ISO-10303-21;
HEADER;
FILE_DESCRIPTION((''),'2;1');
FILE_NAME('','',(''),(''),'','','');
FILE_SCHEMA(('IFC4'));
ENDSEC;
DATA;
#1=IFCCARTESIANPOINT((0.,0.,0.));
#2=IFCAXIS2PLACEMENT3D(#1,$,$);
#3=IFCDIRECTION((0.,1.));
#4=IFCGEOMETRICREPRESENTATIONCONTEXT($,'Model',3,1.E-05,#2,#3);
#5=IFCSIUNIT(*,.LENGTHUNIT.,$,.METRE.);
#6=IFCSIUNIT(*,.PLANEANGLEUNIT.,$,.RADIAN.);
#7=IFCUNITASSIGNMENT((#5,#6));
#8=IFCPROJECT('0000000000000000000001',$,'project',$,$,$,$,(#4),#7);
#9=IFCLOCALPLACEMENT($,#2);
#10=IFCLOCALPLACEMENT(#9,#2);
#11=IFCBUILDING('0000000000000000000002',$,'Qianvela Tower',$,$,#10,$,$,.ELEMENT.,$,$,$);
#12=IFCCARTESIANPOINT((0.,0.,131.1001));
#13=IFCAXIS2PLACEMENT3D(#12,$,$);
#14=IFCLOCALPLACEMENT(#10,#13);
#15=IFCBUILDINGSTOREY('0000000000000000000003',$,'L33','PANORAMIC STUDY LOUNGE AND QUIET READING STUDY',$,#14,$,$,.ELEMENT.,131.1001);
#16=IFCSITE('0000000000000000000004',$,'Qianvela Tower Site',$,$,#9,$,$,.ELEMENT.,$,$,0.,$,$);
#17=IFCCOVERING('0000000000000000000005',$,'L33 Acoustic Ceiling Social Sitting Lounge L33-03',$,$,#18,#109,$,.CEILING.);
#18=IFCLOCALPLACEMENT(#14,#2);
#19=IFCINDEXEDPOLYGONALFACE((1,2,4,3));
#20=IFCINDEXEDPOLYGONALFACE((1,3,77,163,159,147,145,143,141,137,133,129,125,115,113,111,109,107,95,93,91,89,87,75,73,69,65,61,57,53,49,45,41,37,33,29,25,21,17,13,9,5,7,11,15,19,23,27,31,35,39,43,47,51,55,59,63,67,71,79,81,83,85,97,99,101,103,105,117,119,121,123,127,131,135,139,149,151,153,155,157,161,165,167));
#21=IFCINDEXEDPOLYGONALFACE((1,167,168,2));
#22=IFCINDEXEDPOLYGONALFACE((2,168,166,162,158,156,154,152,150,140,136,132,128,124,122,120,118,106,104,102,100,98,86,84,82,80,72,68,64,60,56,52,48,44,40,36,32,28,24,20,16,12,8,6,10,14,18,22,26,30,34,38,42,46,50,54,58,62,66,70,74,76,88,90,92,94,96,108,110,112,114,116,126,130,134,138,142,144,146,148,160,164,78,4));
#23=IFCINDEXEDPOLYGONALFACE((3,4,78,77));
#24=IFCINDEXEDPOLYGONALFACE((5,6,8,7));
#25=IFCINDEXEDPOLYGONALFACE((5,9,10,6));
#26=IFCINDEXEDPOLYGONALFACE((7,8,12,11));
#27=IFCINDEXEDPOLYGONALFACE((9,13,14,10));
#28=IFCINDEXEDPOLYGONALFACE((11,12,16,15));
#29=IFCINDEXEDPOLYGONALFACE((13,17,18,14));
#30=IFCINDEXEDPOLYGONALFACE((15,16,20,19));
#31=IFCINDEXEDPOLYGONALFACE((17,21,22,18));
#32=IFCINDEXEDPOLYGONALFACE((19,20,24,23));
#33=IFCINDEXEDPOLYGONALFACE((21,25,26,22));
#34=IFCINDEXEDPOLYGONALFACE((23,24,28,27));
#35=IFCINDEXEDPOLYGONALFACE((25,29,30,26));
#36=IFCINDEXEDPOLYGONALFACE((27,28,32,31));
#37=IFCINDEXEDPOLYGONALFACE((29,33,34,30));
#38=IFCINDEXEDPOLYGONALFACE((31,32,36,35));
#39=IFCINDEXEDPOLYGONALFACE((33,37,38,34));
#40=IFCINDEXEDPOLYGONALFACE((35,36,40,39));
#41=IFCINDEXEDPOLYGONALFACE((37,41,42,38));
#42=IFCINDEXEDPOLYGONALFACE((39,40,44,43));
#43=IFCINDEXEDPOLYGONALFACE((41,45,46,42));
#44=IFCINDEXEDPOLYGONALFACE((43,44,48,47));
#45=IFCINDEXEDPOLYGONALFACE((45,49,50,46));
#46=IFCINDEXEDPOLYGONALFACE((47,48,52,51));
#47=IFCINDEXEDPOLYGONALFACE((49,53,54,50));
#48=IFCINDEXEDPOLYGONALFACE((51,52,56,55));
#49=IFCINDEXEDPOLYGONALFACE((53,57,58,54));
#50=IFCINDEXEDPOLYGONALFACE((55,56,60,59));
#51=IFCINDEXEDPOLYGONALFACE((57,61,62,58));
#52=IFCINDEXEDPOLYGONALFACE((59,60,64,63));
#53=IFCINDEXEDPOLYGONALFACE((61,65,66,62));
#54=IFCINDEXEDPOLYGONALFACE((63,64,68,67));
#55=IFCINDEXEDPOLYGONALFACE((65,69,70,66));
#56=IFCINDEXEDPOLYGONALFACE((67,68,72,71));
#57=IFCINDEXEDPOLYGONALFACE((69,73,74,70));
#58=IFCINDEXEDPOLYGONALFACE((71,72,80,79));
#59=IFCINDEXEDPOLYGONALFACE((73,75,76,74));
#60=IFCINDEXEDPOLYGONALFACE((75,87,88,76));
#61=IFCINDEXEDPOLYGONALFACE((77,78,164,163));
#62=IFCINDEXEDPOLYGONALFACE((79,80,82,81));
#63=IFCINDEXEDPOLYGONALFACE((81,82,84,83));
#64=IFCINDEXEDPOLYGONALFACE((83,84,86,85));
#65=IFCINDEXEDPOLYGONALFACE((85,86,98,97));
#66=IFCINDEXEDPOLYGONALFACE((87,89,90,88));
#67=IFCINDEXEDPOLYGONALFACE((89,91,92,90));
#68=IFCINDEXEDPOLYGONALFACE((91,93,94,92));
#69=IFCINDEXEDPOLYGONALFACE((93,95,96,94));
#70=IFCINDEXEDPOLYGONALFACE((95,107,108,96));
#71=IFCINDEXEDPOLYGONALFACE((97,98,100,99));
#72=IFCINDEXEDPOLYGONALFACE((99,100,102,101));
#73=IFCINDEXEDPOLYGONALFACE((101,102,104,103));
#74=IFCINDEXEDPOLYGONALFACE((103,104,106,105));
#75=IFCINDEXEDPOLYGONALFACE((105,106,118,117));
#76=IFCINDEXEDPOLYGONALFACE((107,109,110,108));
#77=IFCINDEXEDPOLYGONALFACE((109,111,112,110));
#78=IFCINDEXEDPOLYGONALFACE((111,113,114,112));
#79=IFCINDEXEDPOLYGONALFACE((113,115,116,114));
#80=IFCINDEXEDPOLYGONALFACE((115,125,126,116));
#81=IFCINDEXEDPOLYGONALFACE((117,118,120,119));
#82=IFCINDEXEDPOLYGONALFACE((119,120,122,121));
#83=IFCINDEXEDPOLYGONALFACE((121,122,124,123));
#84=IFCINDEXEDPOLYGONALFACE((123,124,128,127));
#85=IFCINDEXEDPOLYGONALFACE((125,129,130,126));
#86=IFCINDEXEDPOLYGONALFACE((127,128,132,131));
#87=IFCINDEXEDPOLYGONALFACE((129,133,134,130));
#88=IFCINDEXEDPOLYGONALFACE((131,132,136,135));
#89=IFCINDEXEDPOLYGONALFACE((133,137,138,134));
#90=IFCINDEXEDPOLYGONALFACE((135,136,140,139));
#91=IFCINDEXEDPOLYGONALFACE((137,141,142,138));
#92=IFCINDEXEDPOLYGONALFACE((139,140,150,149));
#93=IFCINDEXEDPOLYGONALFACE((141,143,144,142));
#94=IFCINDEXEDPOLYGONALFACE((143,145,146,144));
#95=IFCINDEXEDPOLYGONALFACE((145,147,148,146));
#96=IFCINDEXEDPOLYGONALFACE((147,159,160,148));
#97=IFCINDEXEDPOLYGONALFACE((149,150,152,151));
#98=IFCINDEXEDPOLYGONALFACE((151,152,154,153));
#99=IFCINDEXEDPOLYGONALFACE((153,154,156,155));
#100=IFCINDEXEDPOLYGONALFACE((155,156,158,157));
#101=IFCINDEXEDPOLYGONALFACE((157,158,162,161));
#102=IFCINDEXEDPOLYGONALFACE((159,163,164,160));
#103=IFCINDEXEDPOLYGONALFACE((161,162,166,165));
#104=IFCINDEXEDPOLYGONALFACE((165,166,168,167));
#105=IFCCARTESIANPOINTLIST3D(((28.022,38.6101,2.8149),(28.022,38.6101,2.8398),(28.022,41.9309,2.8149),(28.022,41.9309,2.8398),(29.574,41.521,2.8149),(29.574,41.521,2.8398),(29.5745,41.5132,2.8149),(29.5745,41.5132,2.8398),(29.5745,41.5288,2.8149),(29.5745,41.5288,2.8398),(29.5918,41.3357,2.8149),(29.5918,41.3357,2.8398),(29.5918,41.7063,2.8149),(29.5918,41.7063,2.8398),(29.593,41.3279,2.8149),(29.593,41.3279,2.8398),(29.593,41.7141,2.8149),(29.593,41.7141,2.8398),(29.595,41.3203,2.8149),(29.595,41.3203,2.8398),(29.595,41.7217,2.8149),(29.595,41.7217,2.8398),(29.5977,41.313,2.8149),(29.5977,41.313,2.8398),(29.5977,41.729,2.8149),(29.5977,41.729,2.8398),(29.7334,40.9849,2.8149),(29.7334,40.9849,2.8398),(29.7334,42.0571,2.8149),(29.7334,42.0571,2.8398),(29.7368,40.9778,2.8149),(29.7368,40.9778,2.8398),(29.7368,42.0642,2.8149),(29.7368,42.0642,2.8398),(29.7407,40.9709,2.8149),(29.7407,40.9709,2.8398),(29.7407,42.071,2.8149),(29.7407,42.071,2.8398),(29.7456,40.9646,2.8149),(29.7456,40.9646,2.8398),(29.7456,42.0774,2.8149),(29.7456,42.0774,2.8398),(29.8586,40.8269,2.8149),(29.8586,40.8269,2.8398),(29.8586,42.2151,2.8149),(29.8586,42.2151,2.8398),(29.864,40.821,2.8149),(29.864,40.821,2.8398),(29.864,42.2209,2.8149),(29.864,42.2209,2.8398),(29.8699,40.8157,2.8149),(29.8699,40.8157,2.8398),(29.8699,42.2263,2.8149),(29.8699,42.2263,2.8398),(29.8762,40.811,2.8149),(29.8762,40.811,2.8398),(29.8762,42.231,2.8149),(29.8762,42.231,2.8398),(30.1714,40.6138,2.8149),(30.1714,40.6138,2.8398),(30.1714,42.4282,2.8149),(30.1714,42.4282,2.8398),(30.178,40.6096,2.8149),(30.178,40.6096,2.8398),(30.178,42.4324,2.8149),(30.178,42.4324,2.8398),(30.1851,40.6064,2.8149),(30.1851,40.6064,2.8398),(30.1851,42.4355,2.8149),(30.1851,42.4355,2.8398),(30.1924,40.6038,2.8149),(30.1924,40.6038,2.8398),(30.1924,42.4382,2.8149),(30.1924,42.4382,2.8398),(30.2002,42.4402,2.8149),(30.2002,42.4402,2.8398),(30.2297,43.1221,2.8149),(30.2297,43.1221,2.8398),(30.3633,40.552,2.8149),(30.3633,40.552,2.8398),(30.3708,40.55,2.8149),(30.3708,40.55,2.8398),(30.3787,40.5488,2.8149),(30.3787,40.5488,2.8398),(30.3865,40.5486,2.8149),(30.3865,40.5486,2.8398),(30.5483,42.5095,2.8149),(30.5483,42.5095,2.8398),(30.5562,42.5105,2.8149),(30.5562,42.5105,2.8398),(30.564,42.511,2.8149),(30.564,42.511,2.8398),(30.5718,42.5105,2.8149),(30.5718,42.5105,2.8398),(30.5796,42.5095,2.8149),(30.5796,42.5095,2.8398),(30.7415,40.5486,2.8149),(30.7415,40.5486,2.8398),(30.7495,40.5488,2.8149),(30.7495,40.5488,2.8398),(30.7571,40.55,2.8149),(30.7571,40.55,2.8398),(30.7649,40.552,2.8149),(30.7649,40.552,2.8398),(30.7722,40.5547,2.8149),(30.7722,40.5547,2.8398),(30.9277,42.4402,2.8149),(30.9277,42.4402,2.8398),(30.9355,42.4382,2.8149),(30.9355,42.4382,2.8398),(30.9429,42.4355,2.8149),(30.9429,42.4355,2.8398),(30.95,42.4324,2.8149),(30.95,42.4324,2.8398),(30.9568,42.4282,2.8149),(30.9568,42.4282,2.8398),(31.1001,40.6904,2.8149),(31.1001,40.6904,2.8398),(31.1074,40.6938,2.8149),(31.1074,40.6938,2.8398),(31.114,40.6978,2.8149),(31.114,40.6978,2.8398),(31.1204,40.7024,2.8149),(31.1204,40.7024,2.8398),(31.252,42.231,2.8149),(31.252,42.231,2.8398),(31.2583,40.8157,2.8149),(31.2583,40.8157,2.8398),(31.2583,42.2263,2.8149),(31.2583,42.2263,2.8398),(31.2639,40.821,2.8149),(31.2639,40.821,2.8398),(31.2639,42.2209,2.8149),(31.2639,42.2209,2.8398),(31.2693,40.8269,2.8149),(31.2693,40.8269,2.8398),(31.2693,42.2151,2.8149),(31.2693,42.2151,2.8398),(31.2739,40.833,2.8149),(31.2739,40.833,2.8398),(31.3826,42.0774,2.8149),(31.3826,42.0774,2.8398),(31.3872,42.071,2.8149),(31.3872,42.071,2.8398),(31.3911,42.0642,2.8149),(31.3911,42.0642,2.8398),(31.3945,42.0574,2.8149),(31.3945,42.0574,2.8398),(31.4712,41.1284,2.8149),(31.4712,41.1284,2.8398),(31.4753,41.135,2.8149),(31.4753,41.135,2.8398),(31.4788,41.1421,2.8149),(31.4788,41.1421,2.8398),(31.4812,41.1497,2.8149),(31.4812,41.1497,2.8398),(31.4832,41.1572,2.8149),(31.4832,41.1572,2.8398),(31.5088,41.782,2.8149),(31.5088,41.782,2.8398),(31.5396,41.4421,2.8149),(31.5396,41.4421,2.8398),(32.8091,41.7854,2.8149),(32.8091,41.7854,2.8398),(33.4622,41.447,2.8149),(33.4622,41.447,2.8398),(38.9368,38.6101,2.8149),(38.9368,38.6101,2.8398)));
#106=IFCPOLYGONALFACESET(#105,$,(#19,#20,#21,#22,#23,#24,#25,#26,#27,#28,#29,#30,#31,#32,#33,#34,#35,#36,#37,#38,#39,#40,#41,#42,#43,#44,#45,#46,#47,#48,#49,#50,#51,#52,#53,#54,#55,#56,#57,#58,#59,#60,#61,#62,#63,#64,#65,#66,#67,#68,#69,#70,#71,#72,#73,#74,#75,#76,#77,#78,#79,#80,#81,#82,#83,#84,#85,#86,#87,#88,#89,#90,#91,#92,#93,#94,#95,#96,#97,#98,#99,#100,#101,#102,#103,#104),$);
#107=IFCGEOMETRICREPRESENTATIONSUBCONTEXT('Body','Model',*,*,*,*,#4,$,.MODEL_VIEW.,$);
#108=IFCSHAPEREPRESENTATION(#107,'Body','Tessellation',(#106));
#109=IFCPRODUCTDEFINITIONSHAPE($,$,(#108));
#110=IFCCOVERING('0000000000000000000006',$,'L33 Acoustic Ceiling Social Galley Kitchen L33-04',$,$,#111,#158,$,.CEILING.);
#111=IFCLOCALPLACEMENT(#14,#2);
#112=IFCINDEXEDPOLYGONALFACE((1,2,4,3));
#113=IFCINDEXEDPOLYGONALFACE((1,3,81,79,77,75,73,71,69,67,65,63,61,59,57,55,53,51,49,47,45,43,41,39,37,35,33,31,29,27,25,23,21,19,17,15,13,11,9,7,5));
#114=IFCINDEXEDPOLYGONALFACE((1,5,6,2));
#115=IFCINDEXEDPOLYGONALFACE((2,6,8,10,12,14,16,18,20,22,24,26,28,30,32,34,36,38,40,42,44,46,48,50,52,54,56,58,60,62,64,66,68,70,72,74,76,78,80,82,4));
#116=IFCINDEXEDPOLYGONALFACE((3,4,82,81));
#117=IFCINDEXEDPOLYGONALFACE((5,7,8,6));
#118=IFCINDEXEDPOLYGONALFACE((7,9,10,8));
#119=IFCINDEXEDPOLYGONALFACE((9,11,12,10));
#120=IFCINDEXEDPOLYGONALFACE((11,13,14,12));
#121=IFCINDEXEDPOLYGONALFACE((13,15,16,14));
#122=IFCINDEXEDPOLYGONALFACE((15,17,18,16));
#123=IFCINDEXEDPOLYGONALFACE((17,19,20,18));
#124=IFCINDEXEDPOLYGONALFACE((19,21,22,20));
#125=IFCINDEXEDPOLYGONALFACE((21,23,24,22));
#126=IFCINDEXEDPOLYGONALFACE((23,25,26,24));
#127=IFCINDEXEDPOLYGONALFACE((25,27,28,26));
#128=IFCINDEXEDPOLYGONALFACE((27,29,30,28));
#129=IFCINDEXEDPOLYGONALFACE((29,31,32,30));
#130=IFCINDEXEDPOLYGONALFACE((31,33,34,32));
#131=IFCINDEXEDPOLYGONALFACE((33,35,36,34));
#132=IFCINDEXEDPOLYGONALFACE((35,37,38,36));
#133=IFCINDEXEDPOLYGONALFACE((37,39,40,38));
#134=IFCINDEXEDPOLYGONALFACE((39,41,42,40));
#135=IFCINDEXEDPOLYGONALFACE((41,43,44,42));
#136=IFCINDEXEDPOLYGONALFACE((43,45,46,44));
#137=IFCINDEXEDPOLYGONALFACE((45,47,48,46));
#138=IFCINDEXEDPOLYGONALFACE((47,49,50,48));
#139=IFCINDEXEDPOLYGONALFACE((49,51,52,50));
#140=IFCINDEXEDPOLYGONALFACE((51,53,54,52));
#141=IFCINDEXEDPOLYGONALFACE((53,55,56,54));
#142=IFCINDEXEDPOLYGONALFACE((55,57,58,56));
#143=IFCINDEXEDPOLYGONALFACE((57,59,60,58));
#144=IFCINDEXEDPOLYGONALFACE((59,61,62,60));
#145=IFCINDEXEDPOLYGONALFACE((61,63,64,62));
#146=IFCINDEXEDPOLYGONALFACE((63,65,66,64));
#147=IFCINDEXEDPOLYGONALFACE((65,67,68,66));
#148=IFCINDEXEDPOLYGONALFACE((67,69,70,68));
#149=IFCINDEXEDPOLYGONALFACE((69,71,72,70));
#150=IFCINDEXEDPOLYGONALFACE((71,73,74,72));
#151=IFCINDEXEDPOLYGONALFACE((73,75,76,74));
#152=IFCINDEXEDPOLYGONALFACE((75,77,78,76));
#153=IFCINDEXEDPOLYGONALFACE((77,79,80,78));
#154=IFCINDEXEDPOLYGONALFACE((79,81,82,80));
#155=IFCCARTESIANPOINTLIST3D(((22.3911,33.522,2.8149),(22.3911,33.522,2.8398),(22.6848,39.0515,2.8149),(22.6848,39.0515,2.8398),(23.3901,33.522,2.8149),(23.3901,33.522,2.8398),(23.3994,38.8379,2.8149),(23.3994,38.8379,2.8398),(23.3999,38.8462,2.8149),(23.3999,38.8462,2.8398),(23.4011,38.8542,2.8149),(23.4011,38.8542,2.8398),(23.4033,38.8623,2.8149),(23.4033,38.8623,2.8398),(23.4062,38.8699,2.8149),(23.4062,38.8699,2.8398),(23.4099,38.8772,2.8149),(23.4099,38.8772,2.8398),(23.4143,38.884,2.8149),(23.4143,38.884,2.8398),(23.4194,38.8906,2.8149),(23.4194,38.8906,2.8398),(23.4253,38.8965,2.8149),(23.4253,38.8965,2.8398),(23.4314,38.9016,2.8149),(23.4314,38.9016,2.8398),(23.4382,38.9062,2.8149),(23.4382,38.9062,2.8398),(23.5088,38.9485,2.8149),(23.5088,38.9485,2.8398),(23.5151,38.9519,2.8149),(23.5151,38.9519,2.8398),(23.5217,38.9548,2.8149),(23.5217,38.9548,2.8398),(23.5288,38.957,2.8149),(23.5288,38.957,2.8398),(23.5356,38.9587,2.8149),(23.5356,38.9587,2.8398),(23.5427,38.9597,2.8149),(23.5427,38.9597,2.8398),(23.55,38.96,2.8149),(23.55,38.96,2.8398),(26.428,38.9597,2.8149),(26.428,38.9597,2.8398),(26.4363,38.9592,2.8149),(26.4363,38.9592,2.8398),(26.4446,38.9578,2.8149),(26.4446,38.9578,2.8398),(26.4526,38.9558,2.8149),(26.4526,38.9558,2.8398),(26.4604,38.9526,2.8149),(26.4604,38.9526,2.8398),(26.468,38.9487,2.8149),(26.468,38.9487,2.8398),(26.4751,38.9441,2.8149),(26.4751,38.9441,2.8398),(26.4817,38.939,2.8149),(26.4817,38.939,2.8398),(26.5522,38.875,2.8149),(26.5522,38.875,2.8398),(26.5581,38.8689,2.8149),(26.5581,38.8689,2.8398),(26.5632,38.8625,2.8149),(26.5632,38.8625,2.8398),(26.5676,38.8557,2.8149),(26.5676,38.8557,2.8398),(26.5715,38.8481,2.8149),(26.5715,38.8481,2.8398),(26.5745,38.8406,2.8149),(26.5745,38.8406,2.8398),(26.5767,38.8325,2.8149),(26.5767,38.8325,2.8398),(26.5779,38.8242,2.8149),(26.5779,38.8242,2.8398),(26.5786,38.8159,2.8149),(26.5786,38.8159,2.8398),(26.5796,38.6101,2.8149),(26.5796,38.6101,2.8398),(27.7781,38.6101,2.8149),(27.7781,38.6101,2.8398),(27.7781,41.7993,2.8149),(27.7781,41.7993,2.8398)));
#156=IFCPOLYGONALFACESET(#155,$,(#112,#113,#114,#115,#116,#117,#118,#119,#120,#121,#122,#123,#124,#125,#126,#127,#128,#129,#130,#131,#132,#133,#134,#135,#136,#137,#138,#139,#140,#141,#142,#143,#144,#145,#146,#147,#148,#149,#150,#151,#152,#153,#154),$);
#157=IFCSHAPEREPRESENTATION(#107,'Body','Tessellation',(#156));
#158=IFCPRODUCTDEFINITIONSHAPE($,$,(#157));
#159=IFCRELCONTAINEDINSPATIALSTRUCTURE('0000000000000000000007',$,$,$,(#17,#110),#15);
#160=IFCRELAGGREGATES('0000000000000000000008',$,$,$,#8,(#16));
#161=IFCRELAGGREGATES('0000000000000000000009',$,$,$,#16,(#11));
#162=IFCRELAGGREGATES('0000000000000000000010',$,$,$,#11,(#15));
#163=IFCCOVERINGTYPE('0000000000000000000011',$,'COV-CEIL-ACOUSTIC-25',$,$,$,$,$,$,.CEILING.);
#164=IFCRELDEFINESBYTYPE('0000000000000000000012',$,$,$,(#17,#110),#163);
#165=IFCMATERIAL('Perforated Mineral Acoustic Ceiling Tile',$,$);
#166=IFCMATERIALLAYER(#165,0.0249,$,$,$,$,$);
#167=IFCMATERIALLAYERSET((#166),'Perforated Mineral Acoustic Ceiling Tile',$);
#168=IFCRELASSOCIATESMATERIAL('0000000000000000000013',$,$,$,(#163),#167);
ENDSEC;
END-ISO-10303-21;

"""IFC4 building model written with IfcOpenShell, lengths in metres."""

from ifc_helpers import new_model, si_unit, direction, frame, origin, place, context, subcontext, project, spatial, polyline, outline, extrude, material, layer, layer_set, type_object, element, save


model = new_model("IFC4")

# Units and contexts
model_context = context("Model", 3, precision=1e-05, world=origin(), true_north=direction((0.0, 1.0)))
body_context = subcontext(model_context, "Body", "Model", "MODEL_VIEW")
ifc_project = project(units=[si_unit("LENGTHUNIT", "METRE"), si_unit("PLANEANGLEUNIT", "RADIAN")], contexts=[model_context])

# Site, building, storey
site_placement = place(None, origin())
site = spatial("IfcSite", under=ifc_project, at=site_placement, Name="Qianvela Tower Site", CompositionType="ELEMENT", RefElevation=0.0)
building_placement = place(site_placement, origin())
building = spatial("IfcBuilding", under=site, at=building_placement, Name="Qianvela Tower", CompositionType="ELEMENT")
storey_placement = place(building_placement, frame((0.0, 0.0, 131.1001)))
storey = spatial("IfcBuildingStorey", under=building, at=storey_placement, Name="L33", Description="PANORAMIC STUDY LOUNGE AND QUIET READING STUDY", CompositionType="ELEMENT", Elevation=131.1001)

# Coverings
ifc_material_1 = material(Name="Perforated Mineral Acoustic Ceiling Tile")
ifc_layer_1 = layer(ifc_material_1, 0.0249)
ifc_layer_set_1 = layer_set([ifc_layer_1], Name="Perforated Mineral Acoustic Ceiling Tile")
covering_type_1 = type_object("IfcCoveringType", Name="COV-CEIL-ACOUSTIC-25", PredefinedType="CEILING", material=ifc_layer_set_1)
covering_1_placement = place(storey_placement, frame((0.0, 0.0, 2.8149)))
element("IfcCovering", 1, at=covering_1_placement, inside=storey, type_object=covering_type_1, Name="L33 Acoustic Ceiling Social Sitting Lounge L33-03", PredefinedType="CEILING", context=body_context, shape_type="SweptSolid", body=[
    extrude(outline(polyline([(28.022, 41.9309), (30.2297, 43.1221), (32.8091, 41.7854), (31.5088, 41.782), (31.3945, 42.0574), (31.3911, 42.0642), (31.3872, 42.071), (31.3826, 42.0774), (31.2693, 42.2151), (31.2639, 42.2209), (31.2583, 42.2263), (31.252, 42.231), (30.9568, 42.4282), (30.95, 42.4324), (30.9429, 42.4355), (30.9355, 42.4382), (30.9277, 42.4402), (30.5796, 42.5095), (30.5718, 42.5105), (30.564, 42.511), (30.5562, 42.5105), (30.5483, 42.5095), (30.2002, 42.4402), (30.1924, 42.4382), (30.1851, 42.4355), (30.178, 42.4324), (30.1714, 42.4282), (29.8762, 42.231), (29.8699, 42.2263), (29.864, 42.2209), (29.8586, 42.2151), (29.7456, 42.0774), (29.7407, 42.071), (29.7368, 42.0642), (29.7334, 42.0571), (29.5977, 41.729), (29.595, 41.7217), (29.593, 41.7141), (29.5918, 41.7063), (29.5745, 41.5288), (29.574, 41.521), (29.5745, 41.5132), (29.5918, 41.3357), (29.593, 41.3279), (29.595, 41.3203), (29.5977, 41.313), (29.7334, 40.9849), (29.7368, 40.9778), (29.7407, 40.9709), (29.7456, 40.9646), (29.8586, 40.8269), (29.864, 40.821), (29.8699, 40.8157), (29.8762, 40.811), (30.1714, 40.6138), (30.178, 40.6096), (30.1851, 40.6064), (30.1924, 40.6038), (30.3633, 40.552), (30.3708, 40.55), (30.3787, 40.5488), (30.3865, 40.5486), (30.7415, 40.5486), (30.7495, 40.5488), (30.7571, 40.55), (30.7649, 40.552), (30.7722, 40.5547), (31.1001, 40.6904), (31.1074, 40.6938), (31.114, 40.6978), (31.1204, 40.7024), (31.2583, 40.8157), (31.2639, 40.821), (31.2693, 40.8269), (31.2739, 40.833), (31.4712, 41.1284), (31.4753, 41.135), (31.4788, 41.1421), (31.4812, 41.1497), (31.4832, 41.1572), (31.5396, 41.4421), (33.4622, 41.447), (38.9368, 38.6101), (28.022, 38.6101), (28.022, 41.9309)])), origin(), (0.0, 0.0, 1.0), 0.0249),
])
covering_2_placement = place(storey_placement, frame((0.0, 0.0, 2.8149)))
element("IfcCovering", 2, at=covering_2_placement, inside=storey, type_object=covering_type_1, Name="L33 Acoustic Ceiling Social Galley Kitchen L33-04", PredefinedType="CEILING", context=body_context, shape_type="SweptSolid", body=[
    extrude(outline(polyline([(27.7781, 41.7993), (27.7781, 38.6101), (26.5796, 38.6101), (26.5786, 38.8159), (26.5779, 38.8242), (26.5767, 38.8325), (26.5745, 38.8406), (26.5715, 38.8481), (26.5676, 38.8557), (26.5632, 38.8625), (26.5581, 38.8689), (26.5522, 38.875), (26.4817, 38.939), (26.4751, 38.9441), (26.468, 38.9487), (26.4604, 38.9526), (26.4526, 38.9558), (26.4446, 38.9578), (26.4363, 38.9592), (26.428, 38.9597), (23.55, 38.96), (23.5427, 38.9597), (23.5356, 38.9587), (23.5288, 38.957), (23.5217, 38.9548), (23.5151, 38.9519), (23.5088, 38.9485), (23.4382, 38.9062), (23.4314, 38.9016), (23.4253, 38.8965), (23.4194, 38.8906), (23.4143, 38.884), (23.4099, 38.8772), (23.4062, 38.8699), (23.4033, 38.8623), (23.4011, 38.8542), (23.3999, 38.8462), (23.3994, 38.8379), (23.3901, 33.522), (22.3911, 33.522), (22.6848, 39.0515), (27.7781, 41.7993)])), origin(), (0.0, 0.0, 1.0), 0.0249),
])

save(model, "model.ifc")
